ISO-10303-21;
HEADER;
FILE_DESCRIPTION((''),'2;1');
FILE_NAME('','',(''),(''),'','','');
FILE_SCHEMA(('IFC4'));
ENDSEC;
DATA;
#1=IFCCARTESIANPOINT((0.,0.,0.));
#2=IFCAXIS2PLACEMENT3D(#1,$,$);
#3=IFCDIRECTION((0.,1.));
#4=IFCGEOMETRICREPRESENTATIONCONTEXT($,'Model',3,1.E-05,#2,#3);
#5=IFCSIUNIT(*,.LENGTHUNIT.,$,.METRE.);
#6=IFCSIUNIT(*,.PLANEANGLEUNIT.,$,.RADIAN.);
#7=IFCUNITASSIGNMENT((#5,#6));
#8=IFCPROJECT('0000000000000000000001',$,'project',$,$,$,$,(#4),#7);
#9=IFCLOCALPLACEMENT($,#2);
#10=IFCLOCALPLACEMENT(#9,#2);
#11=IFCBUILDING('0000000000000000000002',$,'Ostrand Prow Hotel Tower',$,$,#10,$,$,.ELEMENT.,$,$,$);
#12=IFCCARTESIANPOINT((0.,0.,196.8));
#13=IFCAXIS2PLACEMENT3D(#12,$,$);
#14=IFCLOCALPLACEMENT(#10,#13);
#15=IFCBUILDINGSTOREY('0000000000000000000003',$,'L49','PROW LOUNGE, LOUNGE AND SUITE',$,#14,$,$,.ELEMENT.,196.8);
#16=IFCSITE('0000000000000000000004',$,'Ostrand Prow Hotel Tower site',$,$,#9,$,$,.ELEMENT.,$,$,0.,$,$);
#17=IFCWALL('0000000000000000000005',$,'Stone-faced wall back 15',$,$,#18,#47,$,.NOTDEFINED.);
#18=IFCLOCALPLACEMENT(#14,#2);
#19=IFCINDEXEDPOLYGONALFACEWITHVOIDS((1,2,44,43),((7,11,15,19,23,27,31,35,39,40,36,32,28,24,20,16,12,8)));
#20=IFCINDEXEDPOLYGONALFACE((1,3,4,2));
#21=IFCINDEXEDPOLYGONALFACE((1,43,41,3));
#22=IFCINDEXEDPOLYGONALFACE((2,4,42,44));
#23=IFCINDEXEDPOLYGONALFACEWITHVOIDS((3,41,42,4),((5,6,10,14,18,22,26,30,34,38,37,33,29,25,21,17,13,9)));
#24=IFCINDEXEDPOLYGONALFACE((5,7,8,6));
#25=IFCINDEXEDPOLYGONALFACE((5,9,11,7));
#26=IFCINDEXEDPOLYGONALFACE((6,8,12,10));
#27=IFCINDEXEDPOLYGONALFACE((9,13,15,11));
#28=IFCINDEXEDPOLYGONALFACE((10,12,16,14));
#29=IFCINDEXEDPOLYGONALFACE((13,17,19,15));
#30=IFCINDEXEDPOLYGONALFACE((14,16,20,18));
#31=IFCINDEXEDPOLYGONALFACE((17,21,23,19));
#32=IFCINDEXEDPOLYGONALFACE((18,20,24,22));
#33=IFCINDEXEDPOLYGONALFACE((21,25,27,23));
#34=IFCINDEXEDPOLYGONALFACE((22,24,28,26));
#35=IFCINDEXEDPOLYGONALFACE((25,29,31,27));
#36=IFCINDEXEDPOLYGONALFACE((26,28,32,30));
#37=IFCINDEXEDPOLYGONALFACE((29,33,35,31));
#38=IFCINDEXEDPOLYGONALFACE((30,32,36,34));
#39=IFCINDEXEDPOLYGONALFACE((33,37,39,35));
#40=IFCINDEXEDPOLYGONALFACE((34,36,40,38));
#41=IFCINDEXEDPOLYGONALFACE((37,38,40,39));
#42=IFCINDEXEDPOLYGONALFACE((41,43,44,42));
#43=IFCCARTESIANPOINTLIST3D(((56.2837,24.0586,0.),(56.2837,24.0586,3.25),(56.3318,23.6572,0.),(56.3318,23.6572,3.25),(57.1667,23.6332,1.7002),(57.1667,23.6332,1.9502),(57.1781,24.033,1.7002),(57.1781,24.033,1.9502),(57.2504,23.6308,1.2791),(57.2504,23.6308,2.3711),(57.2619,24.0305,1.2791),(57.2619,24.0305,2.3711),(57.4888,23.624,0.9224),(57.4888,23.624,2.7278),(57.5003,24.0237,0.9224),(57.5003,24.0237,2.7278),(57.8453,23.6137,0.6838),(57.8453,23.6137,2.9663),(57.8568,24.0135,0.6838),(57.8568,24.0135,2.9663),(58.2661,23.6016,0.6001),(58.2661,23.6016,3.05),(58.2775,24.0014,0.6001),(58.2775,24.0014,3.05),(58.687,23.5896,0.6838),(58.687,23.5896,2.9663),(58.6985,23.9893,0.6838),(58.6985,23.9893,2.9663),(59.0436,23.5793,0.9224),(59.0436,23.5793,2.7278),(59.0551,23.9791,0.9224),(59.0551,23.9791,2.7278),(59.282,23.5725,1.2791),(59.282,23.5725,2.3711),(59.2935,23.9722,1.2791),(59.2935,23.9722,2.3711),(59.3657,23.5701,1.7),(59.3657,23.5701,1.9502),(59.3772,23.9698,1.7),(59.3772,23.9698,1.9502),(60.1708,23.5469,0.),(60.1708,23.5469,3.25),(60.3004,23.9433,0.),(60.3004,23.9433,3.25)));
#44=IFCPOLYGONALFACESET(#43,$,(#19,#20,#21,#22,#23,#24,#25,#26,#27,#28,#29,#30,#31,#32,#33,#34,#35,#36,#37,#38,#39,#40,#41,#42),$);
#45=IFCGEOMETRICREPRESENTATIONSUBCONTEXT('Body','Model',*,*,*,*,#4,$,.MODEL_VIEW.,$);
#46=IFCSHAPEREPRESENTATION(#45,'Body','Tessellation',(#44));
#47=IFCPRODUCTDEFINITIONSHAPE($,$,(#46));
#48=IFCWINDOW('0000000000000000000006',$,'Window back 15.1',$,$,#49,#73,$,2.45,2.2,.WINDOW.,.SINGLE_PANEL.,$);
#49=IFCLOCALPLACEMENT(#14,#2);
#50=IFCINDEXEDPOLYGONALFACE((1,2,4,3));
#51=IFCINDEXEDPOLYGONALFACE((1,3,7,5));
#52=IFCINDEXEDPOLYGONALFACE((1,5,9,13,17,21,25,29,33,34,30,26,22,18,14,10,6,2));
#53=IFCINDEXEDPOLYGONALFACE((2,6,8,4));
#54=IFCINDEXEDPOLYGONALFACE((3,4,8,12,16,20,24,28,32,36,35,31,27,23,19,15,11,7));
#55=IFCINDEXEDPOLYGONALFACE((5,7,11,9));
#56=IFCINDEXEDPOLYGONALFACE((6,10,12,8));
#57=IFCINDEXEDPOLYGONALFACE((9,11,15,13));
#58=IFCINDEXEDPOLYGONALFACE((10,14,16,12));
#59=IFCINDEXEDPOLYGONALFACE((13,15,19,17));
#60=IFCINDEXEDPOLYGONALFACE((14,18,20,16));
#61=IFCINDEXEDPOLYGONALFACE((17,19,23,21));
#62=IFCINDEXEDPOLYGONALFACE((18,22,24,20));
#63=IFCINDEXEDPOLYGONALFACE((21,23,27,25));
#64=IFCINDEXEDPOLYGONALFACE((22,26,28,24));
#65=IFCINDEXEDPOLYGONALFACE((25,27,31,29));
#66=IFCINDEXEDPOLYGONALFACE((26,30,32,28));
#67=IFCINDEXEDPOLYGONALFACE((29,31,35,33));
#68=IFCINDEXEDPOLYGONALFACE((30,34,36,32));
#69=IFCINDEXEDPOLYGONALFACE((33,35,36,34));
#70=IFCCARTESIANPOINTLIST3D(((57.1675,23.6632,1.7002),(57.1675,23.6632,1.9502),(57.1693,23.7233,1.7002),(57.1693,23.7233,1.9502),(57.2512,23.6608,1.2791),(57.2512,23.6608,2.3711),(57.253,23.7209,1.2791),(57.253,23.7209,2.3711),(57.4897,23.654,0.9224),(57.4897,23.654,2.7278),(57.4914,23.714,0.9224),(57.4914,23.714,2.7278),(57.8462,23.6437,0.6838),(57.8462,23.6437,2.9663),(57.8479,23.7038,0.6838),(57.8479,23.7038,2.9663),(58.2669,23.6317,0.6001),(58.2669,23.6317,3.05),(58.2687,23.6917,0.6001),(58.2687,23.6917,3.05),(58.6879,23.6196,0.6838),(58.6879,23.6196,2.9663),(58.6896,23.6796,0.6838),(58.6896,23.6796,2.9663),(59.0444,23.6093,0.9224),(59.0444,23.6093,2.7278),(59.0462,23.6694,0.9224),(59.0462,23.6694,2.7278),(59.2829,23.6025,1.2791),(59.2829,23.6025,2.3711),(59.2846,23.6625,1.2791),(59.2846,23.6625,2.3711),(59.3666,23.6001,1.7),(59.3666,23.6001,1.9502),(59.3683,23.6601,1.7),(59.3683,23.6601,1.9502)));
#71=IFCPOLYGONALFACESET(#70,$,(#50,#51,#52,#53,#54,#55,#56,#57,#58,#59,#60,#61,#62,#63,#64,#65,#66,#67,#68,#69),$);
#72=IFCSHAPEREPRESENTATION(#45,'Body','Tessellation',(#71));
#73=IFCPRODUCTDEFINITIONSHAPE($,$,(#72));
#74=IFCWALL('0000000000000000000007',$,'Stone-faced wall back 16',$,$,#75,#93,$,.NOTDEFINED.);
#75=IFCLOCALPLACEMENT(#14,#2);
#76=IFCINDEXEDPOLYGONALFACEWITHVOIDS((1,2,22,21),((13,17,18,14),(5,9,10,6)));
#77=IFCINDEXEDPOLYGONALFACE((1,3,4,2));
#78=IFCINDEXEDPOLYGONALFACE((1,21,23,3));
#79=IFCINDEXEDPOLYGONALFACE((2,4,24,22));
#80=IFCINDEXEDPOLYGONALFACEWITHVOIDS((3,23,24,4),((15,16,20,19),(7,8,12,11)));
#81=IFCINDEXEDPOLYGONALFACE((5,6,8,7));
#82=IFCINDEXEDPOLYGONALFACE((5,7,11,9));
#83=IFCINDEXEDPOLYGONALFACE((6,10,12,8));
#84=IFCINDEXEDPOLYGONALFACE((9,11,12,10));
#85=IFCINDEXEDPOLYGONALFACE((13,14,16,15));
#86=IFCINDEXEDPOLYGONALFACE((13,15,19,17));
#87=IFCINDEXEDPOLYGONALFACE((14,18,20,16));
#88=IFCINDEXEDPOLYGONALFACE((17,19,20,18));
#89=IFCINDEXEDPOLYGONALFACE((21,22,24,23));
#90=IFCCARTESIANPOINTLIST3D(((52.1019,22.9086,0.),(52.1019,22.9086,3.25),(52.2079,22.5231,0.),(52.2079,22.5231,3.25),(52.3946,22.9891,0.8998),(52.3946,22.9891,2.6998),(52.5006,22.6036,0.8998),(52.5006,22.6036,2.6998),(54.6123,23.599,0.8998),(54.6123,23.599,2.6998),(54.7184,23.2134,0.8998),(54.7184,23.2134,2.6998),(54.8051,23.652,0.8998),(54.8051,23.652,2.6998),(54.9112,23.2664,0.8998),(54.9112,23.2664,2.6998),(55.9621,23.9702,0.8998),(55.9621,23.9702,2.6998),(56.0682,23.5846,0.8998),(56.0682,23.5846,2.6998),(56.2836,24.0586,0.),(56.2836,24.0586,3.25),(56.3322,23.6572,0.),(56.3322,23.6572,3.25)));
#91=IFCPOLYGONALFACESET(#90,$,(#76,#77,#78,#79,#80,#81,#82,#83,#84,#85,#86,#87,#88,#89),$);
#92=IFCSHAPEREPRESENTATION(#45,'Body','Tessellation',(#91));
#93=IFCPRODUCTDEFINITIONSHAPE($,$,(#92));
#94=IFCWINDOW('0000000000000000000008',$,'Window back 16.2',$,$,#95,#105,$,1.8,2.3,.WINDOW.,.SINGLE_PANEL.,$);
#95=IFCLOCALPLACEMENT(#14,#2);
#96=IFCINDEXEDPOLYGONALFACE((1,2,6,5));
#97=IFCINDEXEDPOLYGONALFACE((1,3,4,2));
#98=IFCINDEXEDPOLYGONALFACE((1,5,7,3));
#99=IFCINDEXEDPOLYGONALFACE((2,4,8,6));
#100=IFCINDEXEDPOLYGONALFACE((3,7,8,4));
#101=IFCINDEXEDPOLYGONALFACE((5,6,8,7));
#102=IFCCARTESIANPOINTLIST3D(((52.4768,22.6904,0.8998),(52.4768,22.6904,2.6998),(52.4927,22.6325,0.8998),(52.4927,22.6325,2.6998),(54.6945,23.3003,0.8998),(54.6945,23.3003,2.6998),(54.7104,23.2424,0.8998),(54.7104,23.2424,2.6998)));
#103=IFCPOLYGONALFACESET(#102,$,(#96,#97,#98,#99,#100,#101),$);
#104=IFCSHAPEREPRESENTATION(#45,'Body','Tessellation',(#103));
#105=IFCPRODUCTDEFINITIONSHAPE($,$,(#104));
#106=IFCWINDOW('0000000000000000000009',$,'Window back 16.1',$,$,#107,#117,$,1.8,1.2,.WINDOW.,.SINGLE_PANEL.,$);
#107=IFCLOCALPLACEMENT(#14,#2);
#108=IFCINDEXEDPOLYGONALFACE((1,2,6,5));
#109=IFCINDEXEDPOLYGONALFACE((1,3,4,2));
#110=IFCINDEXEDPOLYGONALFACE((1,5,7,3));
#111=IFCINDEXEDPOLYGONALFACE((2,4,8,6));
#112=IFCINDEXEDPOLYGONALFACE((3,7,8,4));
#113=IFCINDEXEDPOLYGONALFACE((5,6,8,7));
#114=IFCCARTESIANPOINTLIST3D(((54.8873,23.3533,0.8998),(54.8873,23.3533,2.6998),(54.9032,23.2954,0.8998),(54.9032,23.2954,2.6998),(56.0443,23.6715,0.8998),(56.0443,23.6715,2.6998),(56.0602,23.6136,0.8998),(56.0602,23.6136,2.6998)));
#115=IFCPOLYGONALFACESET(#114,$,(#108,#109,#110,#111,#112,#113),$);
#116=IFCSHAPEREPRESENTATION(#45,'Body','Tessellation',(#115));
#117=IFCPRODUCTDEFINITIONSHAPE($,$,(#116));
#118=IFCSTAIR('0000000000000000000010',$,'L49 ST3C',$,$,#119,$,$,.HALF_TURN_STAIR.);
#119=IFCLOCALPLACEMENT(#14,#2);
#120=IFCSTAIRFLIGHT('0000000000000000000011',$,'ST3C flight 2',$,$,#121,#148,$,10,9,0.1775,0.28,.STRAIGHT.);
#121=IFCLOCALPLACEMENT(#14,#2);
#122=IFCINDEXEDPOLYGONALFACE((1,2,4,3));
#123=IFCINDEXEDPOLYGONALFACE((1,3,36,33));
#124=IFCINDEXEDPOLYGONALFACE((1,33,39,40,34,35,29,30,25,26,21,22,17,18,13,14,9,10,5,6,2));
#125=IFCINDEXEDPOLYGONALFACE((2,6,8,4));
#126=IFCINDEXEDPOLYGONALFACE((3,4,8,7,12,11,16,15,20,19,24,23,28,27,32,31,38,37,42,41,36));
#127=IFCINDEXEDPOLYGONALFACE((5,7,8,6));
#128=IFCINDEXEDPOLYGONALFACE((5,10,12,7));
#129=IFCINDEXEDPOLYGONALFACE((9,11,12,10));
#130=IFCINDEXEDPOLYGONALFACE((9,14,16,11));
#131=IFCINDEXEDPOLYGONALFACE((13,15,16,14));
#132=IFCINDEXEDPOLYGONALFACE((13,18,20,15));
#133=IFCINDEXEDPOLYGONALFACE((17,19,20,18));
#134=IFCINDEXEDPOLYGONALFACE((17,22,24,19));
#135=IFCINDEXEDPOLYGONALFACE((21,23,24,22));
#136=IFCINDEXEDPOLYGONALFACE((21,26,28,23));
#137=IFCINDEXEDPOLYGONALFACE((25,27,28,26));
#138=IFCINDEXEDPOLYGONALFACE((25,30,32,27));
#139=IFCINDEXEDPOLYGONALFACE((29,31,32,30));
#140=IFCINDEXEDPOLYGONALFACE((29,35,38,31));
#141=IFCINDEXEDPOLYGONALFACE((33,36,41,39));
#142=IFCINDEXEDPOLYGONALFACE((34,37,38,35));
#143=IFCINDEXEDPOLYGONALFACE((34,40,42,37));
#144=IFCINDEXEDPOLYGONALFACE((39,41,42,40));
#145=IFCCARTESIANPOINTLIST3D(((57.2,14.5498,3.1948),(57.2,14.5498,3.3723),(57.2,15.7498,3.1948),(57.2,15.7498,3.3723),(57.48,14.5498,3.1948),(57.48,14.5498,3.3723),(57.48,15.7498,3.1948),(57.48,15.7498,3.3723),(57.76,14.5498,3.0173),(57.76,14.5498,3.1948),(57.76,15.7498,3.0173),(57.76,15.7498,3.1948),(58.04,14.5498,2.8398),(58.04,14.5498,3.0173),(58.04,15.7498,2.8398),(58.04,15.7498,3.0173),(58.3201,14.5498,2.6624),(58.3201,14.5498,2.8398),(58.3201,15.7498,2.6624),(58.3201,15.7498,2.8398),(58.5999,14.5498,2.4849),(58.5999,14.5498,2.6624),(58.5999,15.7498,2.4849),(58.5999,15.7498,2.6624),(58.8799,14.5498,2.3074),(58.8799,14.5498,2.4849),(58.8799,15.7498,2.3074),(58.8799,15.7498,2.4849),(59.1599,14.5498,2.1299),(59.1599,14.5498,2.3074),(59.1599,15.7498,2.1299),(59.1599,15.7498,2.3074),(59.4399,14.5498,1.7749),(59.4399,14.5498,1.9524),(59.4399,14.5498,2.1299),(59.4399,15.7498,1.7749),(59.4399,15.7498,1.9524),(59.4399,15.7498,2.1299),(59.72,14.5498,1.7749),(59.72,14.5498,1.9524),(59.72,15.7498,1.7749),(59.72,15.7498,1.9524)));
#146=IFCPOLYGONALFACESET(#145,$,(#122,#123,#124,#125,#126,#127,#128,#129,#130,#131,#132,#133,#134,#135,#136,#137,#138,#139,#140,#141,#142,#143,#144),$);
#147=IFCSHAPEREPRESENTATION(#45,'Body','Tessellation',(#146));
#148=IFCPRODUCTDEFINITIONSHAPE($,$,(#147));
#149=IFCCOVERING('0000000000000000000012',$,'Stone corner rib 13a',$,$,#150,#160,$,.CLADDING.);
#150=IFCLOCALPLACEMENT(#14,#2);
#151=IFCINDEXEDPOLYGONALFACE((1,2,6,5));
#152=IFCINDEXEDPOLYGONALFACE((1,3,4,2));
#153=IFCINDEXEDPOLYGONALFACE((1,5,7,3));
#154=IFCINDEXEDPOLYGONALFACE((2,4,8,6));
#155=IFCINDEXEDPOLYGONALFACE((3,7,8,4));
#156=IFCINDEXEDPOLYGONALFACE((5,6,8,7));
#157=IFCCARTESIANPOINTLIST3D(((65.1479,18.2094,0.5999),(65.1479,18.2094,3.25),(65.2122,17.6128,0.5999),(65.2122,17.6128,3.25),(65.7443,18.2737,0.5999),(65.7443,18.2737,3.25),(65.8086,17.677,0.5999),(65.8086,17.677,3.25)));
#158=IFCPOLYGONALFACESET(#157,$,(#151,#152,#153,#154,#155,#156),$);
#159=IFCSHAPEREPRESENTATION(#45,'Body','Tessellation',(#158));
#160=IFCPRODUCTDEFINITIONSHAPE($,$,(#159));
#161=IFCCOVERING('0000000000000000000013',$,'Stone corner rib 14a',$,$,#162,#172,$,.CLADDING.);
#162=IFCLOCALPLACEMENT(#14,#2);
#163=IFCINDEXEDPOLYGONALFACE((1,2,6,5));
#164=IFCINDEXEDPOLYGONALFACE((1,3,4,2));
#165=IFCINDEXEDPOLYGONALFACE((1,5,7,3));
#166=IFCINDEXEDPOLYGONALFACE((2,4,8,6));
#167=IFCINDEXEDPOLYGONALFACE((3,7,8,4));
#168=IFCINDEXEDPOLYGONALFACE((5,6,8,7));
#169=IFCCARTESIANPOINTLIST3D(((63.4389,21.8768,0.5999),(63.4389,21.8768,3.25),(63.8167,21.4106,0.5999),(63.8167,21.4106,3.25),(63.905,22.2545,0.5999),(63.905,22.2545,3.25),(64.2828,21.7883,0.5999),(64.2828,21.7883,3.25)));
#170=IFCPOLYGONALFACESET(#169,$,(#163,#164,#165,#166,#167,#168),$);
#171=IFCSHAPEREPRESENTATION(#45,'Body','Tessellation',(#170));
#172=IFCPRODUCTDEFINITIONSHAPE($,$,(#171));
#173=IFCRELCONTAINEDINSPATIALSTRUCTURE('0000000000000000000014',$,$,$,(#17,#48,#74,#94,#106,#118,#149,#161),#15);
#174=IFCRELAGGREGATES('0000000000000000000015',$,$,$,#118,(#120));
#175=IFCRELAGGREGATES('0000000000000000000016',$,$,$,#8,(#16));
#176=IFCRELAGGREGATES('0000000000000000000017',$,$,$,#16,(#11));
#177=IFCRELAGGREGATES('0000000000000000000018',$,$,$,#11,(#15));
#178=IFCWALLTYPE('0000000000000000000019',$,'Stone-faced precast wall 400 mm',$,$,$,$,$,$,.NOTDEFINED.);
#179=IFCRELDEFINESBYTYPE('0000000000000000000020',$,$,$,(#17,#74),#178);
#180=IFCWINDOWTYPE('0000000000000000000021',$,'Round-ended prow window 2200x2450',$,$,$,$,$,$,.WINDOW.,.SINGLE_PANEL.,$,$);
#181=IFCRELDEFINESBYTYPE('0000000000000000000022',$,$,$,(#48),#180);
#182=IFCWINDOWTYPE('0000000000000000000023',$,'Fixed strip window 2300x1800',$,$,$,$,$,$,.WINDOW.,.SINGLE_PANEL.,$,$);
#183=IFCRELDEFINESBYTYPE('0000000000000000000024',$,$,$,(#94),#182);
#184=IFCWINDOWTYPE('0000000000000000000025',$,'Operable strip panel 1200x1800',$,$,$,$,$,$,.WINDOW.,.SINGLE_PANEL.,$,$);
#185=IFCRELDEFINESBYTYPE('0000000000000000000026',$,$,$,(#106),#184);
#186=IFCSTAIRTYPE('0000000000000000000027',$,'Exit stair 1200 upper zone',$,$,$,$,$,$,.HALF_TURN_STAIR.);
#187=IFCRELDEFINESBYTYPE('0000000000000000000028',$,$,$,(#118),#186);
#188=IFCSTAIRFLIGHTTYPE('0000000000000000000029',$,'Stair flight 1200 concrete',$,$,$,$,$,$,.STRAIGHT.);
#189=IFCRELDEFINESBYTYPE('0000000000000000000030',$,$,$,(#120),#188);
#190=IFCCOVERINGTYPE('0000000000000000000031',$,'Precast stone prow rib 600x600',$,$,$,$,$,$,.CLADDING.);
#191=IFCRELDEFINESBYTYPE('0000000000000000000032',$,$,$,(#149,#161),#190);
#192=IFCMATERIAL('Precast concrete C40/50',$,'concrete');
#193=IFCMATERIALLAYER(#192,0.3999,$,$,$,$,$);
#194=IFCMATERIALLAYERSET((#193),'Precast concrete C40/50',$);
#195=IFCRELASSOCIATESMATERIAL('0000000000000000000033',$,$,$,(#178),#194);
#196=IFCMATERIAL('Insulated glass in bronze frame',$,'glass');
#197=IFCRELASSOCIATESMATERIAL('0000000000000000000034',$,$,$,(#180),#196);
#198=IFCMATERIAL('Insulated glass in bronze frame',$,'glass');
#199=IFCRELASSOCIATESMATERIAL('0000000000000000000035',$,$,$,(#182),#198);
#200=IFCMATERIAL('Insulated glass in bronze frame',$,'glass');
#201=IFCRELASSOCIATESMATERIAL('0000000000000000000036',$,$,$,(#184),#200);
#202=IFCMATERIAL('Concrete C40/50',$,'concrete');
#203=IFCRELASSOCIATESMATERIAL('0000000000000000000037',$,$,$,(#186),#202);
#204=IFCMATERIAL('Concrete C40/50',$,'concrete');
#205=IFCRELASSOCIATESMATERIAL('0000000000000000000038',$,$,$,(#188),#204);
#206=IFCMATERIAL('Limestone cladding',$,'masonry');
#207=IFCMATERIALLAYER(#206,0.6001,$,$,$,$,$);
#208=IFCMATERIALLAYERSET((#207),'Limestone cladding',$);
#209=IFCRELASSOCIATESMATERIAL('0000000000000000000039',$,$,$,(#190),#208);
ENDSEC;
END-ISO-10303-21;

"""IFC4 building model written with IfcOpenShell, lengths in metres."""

from ifc_helpers import new_model, si_unit, direction, frame, frame_2d, origin, place, context, subcontext, project, spatial, polyline, rectangle, outline, extrude, material, layer, layer_set, type_object, element, fill, aggregate, save


model = new_model("IFC4")

# Units and contexts
model_context = context("Model", 3, precision=1e-05, world=origin(), true_north=direction((0.0, 1.0)))
body_context = subcontext(model_context, "Body", "Model", "MODEL_VIEW")
ifc_project = project(units=[si_unit("LENGTHUNIT", "METRE"), si_unit("PLANEANGLEUNIT", "RADIAN")], contexts=[model_context])

# Site, building, storey
site_placement = place(None, origin())
site = spatial("IfcSite", under=ifc_project, at=site_placement, Name="Ostrand Prow Hotel Tower site", CompositionType="ELEMENT", RefElevation=0.0)
building_placement = place(site_placement, origin())
building = spatial("IfcBuilding", under=site, at=building_placement, Name="Ostrand Prow Hotel Tower", CompositionType="ELEMENT")
storey_placement = place(building_placement, frame((0.0, 0.0, 196.8)))
storey = spatial("IfcBuildingStorey", under=building, at=storey_placement, Name="L49", Description="PROW LOUNGE, LOUNGE AND SUITE", CompositionType="ELEMENT", Elevation=196.8)

# Wall, opening, window
ifc_material_1 = material(Name="Precast concrete C40/50", Category="concrete")
ifc_layer_1 = layer(ifc_material_1, 0.3999)
ifc_layer_set_1 = layer_set([ifc_layer_1], Name="Precast concrete C40/50")
wall_type_1 = type_object("IfcWallType", Name="Stone-faced precast wall 400 mm", PredefinedType="NOTDEFINED", material=ifc_layer_set_1)
ifc_material_2 = material(Name="Insulated glass in bronze frame", Category="glass")
window_type_1 = type_object("IfcWindowType", Name="Round-ended prow window 2200x2450", PartitioningType="SINGLE_PANEL", PredefinedType="WINDOW", material=ifc_material_2)
wall_1_placement = place(storey_placement, frame((60.2356, 23.7451, 0.0), z_axis=(0.0, 0.0, 1.0), x_axis=(-0.999588, 0.028705, 0.0)))
wall_1 = element("IfcWall", 1, at=wall_1_placement, inside=storey, type_object=wall_type_1, Name="Stone-faced wall back 15", PredefinedType="NOTDEFINED", context=body_context, shape_type="SweptSolid", body=[
    extrude(outline(polyline([(-0.0591, -0.2), (3.9592, -0.2), (3.8997, 0.2), (0.0591, 0.2), (-0.0591, -0.2)])), origin(), (0.0, 0.0, 1.0), 3.25),
])
opening_1_placement = place(wall_1_placement, frame((0.8645, 0.0, 0.6001)))
opening_1 = element("IfcOpeningElement", 2, at=opening_1_placement, cuts=wall_1, PredefinedType="OPENING", context=body_context, shape_type="SweptSolid", body=[
    extrude(outline(polyline([(0.0, 1.3501), (0.0837, 1.771), (0.3223, 2.1277), (0.679, 2.3662), (1.1001, 2.45), (1.521, 2.3662), (1.8777, 2.1277), (2.1162, 1.771), (2.2, 1.3501), (2.2, 1.1001), (2.1162, 0.679), (1.8777, 0.3223), (1.521, 0.0837), (1.1001, 0.0), (0.679, 0.0837), (0.3223, 0.3223), (0.0837, 0.679), (0.0, 1.0999), (0.0, 1.3501)])), frame((0.0, 0.21, 0.0), z_axis=(0.0, -1.0, 0.0), x_axis=(1.0, 0.0, 0.0)), (0.0, 0.0, 1.0), 0.4199),
])
window_1_placement = place(opening_1_placement, origin())
window_1 = element("IfcWindow", 3, at=window_1_placement, inside=storey, type_object=window_type_1, Name="Window back 15.1", OverallHeight=2.45, OverallWidth=2.2, PartitioningType="SINGLE_PANEL", PredefinedType="WINDOW", context=body_context, shape_type="SweptSolid", body=[
    extrude(outline(polyline([(0.0, 1.3501), (0.0837, 1.771), (0.3223, 2.1277), (0.679, 2.3662), (1.1001, 2.45), (1.521, 2.3662), (1.8777, 2.1277), (2.1162, 1.771), (2.2, 1.3501), (2.2, 1.1001), (2.1162, 0.679), (1.8777, 0.3223), (1.521, 0.0837), (1.1001, 0.0), (0.679, 0.0837), (0.3223, 0.3223), (0.0837, 0.679), (0.0, 1.0999), (0.0, 1.3501)])), frame((0.0, 0.1699, 0.0), z_axis=(0.0, -1.0, 0.0), x_axis=(1.0, 0.0, 0.0)), (0.0, 0.0, 1.0), 0.0601),
])
fill(opening_1, window_1)

# Wall, openings, windows
wall_2_placement = place(storey_placement, frame((56.3079, 23.8579, 0.0), z_axis=(0.0, 0.0, 1.0), x_axis=(-0.964206, -0.265155, 0.0)))
wall_2 = element("IfcWall", 4, at=wall_2_placement, inside=storey, type_object=wall_type_1, Name="Stone-faced wall back 16", PredefinedType="NOTDEFINED", context=body_context, shape_type="SweptSolid", body=[
    extrude(outline(polyline([(-0.0298, -0.2), (4.3071, -0.2), (4.3071, 0.2), (0.0298, 0.2), (-0.0298, -0.2)])), origin(), (0.0, 0.0, 1.0), 3.25),
])
opening_2_placement = place(wall_2_placement, frame((0.3035, 0.0, 0.8999)))
opening_2 = element("IfcOpeningElement", 5, at=opening_2_placement, cuts=wall_2, PredefinedType="OPENING", context=body_context, shape_type="SweptSolid", body=[
    extrude(rectangle(XDim=1.2, YDim=1.8, at=frame_2d((0.6001, 0.8999))), frame((0.0, 0.21, 0.0), z_axis=(0.0, -1.0, 0.0), x_axis=(1.0, 0.0, 0.0)), (0.0, 0.0, 1.0), 0.4199),
])
opening_3_placement = place(wall_2_placement, frame((1.7036, 0.0, 0.8999)))
opening_3 = element("IfcOpeningElement", 6, at=opening_3_placement, cuts=wall_2, PredefinedType="OPENING", context=body_context, shape_type="SweptSolid", body=[
    extrude(rectangle(XDim=2.3, YDim=1.8, at=frame_2d((1.1499, 0.8999))), frame((0.0, 0.21, 0.0), z_axis=(0.0, -1.0, 0.0), x_axis=(1.0, 0.0, 0.0)), (0.0, 0.0, 1.0), 0.4199),
])
ifc_material_3 = material(Name="Insulated glass in bronze frame", Category="glass")
window_type_2 = type_object("IfcWindowType", Name="Fixed strip window 2300x1800", PartitioningType="SINGLE_PANEL", PredefinedType="WINDOW", material=ifc_material_3)
window_2_placement = place(opening_3_placement, origin())
window_2 = element("IfcWindow", 7, at=window_2_placement, inside=storey, type_object=window_type_2, Name="Window back 16.2", OverallHeight=1.8, OverallWidth=2.3, PartitioningType="SINGLE_PANEL", PredefinedType="WINDOW", context=body_context, shape_type="SweptSolid", body=[
    extrude(rectangle(XDim=2.3, YDim=1.8, at=frame_2d((1.1499, 0.8999))), frame((0.0, 0.1699, 0.0), z_axis=(0.0, -1.0, 0.0), x_axis=(1.0, 0.0, 0.0)), (0.0, 0.0, 1.0), 0.0601),
])
fill(opening_3, window_2)
ifc_material_4 = material(Name="Insulated glass in bronze frame", Category="glass")
window_type_3 = type_object("IfcWindowType", Name="Operable strip panel 1200x1800", PartitioningType="SINGLE_PANEL", PredefinedType="WINDOW", material=ifc_material_4)
window_3_placement = place(opening_2_placement, origin())
window_3 = element("IfcWindow", 8, at=window_3_placement, inside=storey, type_object=window_type_3, Name="Window back 16.1", OverallHeight=1.8, OverallWidth=1.2, PartitioningType="SINGLE_PANEL", PredefinedType="WINDOW", context=body_context, shape_type="SweptSolid", body=[
    extrude(rectangle(XDim=1.2, YDim=1.8, at=frame_2d((0.6001, 0.8999))), frame((0.0, 0.1699, 0.0), z_axis=(0.0, -1.0, 0.0), x_axis=(1.0, 0.0, 0.0)), (0.0, 0.0, 1.0), 0.0601),
])
fill(opening_2, window_3)

# Stair, stair flight
ifc_material_5 = material(Name="Concrete C40/50", Category="concrete")
stair_type = type_object("IfcStairType", Name="Exit stair 1200 upper zone", PredefinedType="HALF_TURN_STAIR", material=ifc_material_5)
stair_placement = place(storey_placement, origin())
stair = element("IfcStair", 9, at=stair_placement, inside=storey, type_object=stair_type, Name="L49 ST3C", PredefinedType="HALF_TURN_STAIR")
ifc_material_6 = material(Name="Concrete C40/50", Category="concrete")
stair_flight_type = type_object("IfcStairFlightType", Name="Stair flight 1200 concrete", PredefinedType="STRAIGHT", material=ifc_material_6)
stair_flight_placement = place(storey_placement, frame((59.72, 15.1499, 1.7749), z_axis=(0.0, 0.0, 1.0), x_axis=(-1.0, 0.0, 0.0)))
stair_flight = element("IfcStairFlight", 10, at=stair_flight_placement, type_object=stair_flight_type, Name="ST3C flight 2", NumberOfRisers=10, NumberOfTreads=9, PredefinedType="STRAIGHT", RiserHeight=0.1775, TreadLength=0.28, context=body_context, shape_type="SweptSolid", body=[
    extrude(outline(polyline([(0.0, 0.0), (0.0, 0.1775), (0.28, 0.1775), (0.28, 0.355), (0.5601, 0.355), (0.5601, 0.5325), (0.8401, 0.5325), (0.8401, 0.71), (1.1201, 0.71), (1.1201, 0.8875), (1.3999, 0.8875), (1.3999, 1.0649), (1.6799, 1.0649), (1.6799, 1.2424), (1.96, 1.2424), (1.96, 1.4199), (2.24, 1.4199), (2.24, 1.5974), (2.52, 1.5974), (2.52, 1.7749), (2.52, 1.4199), (0.28, 0.0), (0.0, 0.0)])), frame((0.0, 0.6001, 0.0), z_axis=(0.0, -1.0, 0.0), x_axis=(1.0, 0.0, 0.0)), (0.0, 0.0, 1.0), 1.2),
])
aggregate(stair, [stair_flight])

# Coverings
ifc_material_7 = material(Name="Limestone cladding", Category="masonry")
ifc_layer_2 = layer(ifc_material_7, 0.6001)
ifc_layer_set_2 = layer_set([ifc_layer_2], Name="Limestone cladding")
covering_type = type_object("IfcCoveringType", Name="Precast stone prow rib 600x600", PredefinedType="CLADDING", material=ifc_layer_set_2)
for number, where, z_axis, x_axis, name in (
    (11, (65.1802, 17.9111, 0.5999), (0.0, 0.0, 1.0), (0.994255, 0.107036, 0.0), "Stone corner rib 13a"),
    (12, (63.6279, 21.6438, 0.5999), (0.0, 0.0, 1.0), (0.776923, 0.629596, 0.0), "Stone corner rib 14a"),
):
    element("IfcCovering", number, at=place(storey_placement, frame(where, z_axis=z_axis, x_axis=x_axis)), inside=storey, type_object=covering_type, Name=name, PredefinedType="CLADDING", context=body_context, shape_type="SweptSolid", body=[
        extrude(rectangle(XDim=0.5999, YDim=0.6001, at=frame_2d((0.2998, 0.0))), origin(), (0.0, 0.0, 1.0), 2.6501),
    ])

save(model, "model.ifc")
